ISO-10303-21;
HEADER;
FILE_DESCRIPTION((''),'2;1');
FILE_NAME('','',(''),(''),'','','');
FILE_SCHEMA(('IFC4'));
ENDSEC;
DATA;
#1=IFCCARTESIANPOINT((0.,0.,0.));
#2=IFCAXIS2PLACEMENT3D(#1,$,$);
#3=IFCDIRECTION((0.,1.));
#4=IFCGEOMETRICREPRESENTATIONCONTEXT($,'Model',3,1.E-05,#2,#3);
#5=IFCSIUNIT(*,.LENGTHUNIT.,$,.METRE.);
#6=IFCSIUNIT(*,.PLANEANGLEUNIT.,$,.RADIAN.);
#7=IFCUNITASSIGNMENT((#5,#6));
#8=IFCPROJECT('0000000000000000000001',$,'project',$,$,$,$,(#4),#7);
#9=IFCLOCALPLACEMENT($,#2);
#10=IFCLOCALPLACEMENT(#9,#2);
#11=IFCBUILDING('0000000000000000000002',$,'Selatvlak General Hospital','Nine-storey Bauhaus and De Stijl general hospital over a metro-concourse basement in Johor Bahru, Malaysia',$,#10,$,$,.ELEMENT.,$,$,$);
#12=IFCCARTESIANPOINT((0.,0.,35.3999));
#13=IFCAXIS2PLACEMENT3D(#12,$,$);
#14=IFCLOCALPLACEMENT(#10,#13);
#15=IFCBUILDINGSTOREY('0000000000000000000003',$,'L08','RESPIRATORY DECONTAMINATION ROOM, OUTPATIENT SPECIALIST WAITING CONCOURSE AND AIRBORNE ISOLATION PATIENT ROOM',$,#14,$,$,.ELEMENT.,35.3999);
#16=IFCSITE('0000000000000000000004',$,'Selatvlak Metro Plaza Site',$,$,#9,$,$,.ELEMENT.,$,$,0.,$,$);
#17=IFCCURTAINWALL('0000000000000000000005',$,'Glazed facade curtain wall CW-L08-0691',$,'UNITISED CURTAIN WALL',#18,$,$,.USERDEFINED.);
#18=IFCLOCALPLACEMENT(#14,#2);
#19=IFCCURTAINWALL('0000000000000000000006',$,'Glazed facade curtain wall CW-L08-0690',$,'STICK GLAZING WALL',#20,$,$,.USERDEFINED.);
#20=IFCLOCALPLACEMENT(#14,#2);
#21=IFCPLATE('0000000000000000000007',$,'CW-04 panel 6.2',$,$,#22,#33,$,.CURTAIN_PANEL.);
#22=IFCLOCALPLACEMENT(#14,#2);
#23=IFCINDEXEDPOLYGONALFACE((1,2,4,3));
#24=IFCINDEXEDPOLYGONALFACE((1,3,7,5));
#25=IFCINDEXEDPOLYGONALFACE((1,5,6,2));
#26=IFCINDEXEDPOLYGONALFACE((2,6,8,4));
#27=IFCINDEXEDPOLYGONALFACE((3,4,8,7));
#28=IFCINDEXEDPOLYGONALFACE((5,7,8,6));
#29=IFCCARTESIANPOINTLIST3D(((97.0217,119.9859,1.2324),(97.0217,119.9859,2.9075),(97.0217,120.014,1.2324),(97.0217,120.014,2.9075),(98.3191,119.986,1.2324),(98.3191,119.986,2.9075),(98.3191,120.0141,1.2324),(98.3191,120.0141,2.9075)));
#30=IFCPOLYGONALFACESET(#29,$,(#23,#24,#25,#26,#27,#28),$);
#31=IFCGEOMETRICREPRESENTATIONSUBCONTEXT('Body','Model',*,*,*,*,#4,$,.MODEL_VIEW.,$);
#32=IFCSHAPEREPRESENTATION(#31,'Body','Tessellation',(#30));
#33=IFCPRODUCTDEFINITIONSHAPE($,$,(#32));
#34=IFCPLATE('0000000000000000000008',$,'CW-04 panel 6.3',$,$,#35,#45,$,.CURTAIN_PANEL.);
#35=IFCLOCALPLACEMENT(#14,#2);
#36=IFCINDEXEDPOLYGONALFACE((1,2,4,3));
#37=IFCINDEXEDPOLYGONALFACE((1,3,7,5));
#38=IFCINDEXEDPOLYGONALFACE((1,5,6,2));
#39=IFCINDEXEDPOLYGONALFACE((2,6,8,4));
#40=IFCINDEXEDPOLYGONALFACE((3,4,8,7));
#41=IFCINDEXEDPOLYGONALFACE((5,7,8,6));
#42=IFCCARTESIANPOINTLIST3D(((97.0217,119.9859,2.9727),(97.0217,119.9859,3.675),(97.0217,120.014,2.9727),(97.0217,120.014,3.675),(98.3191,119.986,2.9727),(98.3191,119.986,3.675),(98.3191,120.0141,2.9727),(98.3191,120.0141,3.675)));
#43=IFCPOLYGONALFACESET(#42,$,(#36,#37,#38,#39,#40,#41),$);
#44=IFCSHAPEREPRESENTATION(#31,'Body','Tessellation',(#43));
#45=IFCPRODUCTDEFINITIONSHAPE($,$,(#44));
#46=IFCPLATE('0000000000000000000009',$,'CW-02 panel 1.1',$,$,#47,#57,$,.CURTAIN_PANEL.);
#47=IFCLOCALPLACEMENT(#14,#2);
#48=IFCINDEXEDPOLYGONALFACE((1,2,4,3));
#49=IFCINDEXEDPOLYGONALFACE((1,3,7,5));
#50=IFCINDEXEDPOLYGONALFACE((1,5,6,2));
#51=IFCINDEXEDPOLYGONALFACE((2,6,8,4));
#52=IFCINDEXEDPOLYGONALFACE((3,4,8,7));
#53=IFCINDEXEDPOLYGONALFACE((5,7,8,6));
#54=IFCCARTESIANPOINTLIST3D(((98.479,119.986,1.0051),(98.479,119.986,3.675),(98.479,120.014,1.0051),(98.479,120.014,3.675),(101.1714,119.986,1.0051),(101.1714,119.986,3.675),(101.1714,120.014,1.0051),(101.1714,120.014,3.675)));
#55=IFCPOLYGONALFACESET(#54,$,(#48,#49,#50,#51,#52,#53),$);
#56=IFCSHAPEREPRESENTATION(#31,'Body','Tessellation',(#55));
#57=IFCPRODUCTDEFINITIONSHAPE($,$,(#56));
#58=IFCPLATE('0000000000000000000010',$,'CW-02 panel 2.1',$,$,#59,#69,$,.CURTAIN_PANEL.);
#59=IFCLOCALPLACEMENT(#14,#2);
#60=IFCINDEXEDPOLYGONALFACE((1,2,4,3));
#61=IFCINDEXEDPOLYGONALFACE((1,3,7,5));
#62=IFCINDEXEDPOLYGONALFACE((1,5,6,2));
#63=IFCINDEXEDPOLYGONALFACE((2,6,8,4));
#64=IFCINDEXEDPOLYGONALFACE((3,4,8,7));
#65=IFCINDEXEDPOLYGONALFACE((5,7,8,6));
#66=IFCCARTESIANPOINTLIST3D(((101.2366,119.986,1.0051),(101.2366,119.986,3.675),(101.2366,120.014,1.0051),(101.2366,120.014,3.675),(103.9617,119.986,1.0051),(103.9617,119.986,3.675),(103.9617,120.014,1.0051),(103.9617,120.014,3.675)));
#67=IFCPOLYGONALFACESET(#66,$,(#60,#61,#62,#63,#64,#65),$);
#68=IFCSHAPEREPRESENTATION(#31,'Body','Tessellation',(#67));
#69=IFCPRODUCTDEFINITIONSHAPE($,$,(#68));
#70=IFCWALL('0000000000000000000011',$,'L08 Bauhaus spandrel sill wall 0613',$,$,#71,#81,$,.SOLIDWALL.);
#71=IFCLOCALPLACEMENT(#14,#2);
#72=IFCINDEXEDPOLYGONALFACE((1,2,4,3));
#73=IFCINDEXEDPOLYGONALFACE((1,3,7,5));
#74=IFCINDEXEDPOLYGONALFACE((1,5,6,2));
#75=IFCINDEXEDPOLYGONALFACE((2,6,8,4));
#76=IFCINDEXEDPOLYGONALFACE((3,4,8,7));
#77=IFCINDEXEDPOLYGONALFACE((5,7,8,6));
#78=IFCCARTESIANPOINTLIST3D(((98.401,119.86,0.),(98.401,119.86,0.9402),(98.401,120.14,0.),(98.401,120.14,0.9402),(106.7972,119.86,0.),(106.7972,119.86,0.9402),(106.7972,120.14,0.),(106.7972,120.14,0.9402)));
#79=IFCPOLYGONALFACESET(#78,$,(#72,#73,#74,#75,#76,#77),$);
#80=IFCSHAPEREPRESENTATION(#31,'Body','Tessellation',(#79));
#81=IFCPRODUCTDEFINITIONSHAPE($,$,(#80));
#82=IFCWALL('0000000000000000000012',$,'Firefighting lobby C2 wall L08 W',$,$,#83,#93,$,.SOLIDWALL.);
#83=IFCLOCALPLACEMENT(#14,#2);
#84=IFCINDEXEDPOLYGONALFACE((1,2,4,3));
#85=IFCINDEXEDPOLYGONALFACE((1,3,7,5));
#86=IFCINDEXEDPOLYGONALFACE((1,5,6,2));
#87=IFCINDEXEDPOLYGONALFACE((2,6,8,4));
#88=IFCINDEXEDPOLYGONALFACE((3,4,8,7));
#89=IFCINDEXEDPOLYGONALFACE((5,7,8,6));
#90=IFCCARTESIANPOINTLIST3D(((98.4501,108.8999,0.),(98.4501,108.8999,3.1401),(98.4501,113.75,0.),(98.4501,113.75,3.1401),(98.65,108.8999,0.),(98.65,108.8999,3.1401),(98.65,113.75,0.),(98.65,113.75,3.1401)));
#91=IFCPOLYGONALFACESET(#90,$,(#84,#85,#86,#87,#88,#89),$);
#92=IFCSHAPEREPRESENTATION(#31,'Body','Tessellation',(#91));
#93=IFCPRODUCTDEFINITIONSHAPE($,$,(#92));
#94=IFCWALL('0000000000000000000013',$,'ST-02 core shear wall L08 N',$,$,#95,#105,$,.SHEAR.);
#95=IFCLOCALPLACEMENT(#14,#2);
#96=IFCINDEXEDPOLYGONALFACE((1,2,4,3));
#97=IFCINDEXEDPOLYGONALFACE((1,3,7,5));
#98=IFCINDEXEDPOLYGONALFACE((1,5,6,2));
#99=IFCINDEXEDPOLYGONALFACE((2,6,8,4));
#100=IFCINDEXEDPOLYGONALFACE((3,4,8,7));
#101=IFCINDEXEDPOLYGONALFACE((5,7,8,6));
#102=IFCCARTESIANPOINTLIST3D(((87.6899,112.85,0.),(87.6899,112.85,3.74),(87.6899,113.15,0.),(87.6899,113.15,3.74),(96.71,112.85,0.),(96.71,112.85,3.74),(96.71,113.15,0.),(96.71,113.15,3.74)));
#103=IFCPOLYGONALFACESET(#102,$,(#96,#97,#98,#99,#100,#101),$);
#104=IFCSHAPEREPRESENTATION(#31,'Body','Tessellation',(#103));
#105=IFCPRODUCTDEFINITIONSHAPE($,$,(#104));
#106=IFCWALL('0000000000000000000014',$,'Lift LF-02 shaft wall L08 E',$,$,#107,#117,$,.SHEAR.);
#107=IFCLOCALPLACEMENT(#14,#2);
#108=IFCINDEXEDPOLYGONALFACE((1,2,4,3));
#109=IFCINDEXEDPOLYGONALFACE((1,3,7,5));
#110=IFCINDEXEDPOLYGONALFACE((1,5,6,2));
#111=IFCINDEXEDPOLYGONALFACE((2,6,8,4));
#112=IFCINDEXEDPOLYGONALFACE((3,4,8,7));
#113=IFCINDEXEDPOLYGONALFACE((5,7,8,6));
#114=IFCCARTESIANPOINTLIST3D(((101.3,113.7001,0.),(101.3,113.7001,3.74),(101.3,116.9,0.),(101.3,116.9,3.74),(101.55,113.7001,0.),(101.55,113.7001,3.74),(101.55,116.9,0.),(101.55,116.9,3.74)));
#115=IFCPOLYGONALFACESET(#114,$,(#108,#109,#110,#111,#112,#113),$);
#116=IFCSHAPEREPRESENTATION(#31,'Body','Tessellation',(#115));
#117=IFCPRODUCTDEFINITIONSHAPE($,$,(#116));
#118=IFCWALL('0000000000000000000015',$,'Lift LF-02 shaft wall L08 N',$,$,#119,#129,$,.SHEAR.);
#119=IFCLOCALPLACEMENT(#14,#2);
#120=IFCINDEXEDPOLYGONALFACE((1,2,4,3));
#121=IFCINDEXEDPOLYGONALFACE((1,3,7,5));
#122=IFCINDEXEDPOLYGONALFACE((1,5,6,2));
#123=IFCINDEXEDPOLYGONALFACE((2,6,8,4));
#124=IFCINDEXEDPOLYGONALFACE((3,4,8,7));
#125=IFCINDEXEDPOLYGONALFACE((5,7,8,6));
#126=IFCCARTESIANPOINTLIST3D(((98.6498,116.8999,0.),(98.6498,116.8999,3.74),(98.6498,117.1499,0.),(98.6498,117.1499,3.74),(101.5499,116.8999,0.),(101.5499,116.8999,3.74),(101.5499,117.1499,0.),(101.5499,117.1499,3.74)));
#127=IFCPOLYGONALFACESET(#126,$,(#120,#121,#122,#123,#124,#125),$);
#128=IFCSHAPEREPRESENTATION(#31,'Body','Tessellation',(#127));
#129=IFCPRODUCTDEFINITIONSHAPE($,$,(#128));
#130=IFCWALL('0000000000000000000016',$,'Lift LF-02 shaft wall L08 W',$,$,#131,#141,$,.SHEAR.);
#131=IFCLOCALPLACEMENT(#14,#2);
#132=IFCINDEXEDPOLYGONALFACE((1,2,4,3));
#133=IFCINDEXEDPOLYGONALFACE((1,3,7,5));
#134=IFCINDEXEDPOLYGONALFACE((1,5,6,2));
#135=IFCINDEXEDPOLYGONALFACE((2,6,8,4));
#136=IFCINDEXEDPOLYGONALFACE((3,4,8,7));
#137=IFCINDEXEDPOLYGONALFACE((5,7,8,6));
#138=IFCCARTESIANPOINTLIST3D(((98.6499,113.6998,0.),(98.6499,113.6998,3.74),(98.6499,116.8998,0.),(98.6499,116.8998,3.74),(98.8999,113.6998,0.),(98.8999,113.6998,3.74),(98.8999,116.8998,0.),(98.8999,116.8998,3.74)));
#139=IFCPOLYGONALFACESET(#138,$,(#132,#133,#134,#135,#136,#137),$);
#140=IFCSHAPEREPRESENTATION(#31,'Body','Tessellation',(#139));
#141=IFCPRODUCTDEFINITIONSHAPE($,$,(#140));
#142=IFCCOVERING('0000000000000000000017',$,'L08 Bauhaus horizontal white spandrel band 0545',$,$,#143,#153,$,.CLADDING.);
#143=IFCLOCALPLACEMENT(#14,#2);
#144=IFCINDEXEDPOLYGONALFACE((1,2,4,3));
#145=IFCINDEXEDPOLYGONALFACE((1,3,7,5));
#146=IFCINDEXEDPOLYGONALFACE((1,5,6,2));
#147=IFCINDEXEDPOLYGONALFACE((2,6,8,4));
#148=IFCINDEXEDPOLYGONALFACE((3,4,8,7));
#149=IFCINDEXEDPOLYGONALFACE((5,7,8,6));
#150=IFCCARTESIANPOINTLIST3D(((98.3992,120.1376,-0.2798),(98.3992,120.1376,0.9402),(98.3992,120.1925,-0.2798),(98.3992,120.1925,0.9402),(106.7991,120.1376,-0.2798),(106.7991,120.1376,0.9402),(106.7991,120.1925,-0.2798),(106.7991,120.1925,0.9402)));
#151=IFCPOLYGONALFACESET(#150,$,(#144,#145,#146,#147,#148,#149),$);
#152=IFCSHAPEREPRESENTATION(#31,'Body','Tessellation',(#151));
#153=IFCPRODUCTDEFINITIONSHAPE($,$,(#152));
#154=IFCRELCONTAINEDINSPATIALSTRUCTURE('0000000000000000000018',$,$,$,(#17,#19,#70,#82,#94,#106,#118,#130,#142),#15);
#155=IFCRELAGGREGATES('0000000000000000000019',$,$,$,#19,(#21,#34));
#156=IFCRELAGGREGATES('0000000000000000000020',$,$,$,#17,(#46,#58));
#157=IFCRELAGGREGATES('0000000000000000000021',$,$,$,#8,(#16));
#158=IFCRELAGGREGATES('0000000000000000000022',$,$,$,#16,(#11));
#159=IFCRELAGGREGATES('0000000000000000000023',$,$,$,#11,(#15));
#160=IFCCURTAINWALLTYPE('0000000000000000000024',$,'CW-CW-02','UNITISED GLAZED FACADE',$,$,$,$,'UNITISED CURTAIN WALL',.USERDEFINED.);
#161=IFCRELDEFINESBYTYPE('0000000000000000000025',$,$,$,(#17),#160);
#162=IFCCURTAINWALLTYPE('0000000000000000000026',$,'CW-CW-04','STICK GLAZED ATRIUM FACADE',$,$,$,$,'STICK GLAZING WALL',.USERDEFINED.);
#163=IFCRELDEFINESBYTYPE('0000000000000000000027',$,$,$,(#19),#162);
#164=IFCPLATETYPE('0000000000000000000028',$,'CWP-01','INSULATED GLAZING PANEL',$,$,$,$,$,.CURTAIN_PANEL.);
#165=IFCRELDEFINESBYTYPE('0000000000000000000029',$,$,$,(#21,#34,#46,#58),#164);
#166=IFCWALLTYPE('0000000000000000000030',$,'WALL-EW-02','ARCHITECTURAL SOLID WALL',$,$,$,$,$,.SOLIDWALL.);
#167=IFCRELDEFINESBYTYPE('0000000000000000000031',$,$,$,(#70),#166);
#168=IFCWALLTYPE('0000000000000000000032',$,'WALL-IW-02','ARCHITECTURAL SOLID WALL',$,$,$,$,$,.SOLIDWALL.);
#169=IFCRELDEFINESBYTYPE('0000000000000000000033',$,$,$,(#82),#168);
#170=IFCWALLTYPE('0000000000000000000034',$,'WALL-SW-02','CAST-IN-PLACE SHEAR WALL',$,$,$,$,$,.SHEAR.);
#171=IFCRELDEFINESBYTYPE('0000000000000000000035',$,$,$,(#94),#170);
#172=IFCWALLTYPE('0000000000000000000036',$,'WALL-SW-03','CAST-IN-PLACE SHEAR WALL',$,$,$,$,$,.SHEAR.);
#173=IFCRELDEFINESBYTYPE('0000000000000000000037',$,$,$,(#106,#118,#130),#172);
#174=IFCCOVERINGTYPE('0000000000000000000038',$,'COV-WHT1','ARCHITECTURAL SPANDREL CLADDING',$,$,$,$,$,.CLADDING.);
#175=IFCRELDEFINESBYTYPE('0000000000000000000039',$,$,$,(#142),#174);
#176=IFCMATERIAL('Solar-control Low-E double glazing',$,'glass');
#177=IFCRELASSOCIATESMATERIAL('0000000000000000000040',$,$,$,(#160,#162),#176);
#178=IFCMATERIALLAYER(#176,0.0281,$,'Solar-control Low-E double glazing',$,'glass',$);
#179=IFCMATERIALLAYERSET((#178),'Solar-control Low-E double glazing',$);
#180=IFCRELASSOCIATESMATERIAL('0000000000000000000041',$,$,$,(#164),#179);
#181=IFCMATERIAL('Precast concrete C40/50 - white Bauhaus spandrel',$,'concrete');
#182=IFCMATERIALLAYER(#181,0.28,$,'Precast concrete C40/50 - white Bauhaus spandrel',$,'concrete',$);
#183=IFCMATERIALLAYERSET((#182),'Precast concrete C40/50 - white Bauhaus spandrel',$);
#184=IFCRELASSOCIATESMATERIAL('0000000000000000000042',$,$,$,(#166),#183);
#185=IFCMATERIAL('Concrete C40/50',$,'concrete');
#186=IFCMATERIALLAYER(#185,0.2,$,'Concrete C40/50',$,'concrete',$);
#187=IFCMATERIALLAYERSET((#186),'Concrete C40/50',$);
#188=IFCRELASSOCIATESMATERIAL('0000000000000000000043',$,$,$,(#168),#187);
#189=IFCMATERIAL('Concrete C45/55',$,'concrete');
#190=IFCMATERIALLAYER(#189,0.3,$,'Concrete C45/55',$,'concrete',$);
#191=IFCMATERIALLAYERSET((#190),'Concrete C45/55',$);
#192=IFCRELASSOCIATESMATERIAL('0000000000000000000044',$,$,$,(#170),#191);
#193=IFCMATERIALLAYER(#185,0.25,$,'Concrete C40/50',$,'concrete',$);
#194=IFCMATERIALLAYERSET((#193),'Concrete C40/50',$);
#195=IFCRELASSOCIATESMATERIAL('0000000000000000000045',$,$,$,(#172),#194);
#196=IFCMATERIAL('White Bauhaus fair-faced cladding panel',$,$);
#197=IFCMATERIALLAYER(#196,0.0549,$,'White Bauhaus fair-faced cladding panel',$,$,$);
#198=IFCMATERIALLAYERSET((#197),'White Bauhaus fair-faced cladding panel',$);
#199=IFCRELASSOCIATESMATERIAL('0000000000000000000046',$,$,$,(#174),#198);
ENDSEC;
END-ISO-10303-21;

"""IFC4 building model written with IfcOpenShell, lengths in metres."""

from ifc_helpers import new_model, si_unit, direction, frame, frame_2d, origin, origin_2d, place, context, subcontext, project, spatial, rectangle, extrude, material, layer, layer_set, type_object, element, aggregate, save


model = new_model("IFC4")

# Units and contexts
model_context = context("Model", 3, precision=1e-05, world=origin(), true_north=direction((0.0, 1.0)))
body_context = subcontext(model_context, "Body", "Model", "MODEL_VIEW")
ifc_project = project(units=[si_unit("LENGTHUNIT", "METRE"), si_unit("PLANEANGLEUNIT", "RADIAN")], contexts=[model_context])

# Site, building, storey
site_placement = place(None, origin())
site = spatial("IfcSite", under=ifc_project, at=site_placement, Name="Selatvlak Metro Plaza Site", CompositionType="ELEMENT", RefElevation=0.0)
building_placement = place(site_placement, origin())
building = spatial("IfcBuilding", under=site, at=building_placement, Name="Selatvlak General Hospital", Description="Nine-storey Bauhaus and De Stijl general hospital over a metro-concourse basement in Johor Bahru, Malaysia", CompositionType="ELEMENT")
storey_placement = place(building_placement, frame((0.0, 0.0, 35.3999)))
storey = spatial("IfcBuildingStorey", under=building, at=storey_placement, Name="L08", Description="RESPIRATORY DECONTAMINATION ROOM, OUTPATIENT SPECIALIST WAITING CONCOURSE AND AIRBORNE ISOLATION PATIENT ROOM", CompositionType="ELEMENT", Elevation=35.3999)

# Shared definitions
ifc_material_1 = material(Name="Concrete C40/50", Category="concrete")

# Curtain walls
ifc_material_2 = material(Name="Solar-control Low-E double glazing", Category="glass")
curtain_wall_type_1 = type_object("IfcCurtainWallType", Name="CW-CW-02", Description="UNITISED GLAZED FACADE", ElementType="UNITISED CURTAIN WALL", PredefinedType="USERDEFINED", material=ifc_material_2)
curtain_wall_1_placement = place(storey_placement, origin())
curtain_wall_1 = element("IfcCurtainWall", 1, at=curtain_wall_1_placement, inside=storey, type_object=curtain_wall_type_1, Name="Glazed facade curtain wall CW-L08-0691", ObjectType="UNITISED CURTAIN WALL", PredefinedType="USERDEFINED")
curtain_wall_type_2 = type_object("IfcCurtainWallType", Name="CW-CW-04", Description="STICK GLAZED ATRIUM FACADE", ElementType="STICK GLAZING WALL", PredefinedType="USERDEFINED", material=ifc_material_2)
curtain_wall_2_placement = place(storey_placement, origin())
curtain_wall_2 = element("IfcCurtainWall", 2, at=curtain_wall_2_placement, inside=storey, type_object=curtain_wall_type_2, Name="Glazed facade curtain wall CW-L08-0690", ObjectType="STICK GLAZING WALL", PredefinedType="USERDEFINED")

# Plates
ifc_layer_1 = layer(ifc_material_2, 0.0281, Name="Solar-control Low-E double glazing", Category="glass")
ifc_layer_set_1 = layer_set([ifc_layer_1], Name="Solar-control Low-E double glazing")
plate_type = type_object("IfcPlateType", Name="CWP-01", Description="INSULATED GLAZING PANEL", PredefinedType="CURTAIN_PANEL", material=ifc_layer_set_1)
plate_1_placement = place(storey_placement, frame((97.6704, 120.0, 1.2324), z_axis=(0.0, 0.0, 1.0), x_axis=(1.0, 0.000119, 0.0)))
plate_1 = element("IfcPlate", 3, at=plate_1_placement, type_object=plate_type, Name="CW-04 panel 6.2", PredefinedType="CURTAIN_PANEL", context=body_context, shape_type="SweptSolid", body=[
    extrude(rectangle(XDim=1.2974, YDim=0.0281, at=origin_2d()), origin(), (0.0, 0.0, 1.0), 1.675),
])
plate_2_placement = place(storey_placement, frame((97.6704, 120.0, 2.9727), z_axis=(0.0, 0.0, 1.0), x_axis=(1.0, 0.000119, 0.0)))
plate_2 = element("IfcPlate", 4, at=plate_2_placement, type_object=plate_type, Name="CW-04 panel 6.3", PredefinedType="CURTAIN_PANEL", context=body_context, shape_type="SweptSolid", body=[
    extrude(rectangle(XDim=1.2974, YDim=0.0281, at=origin_2d()), origin(), (0.0, 0.0, 1.0), 0.7024),
])
aggregate(curtain_wall_2, [plate_1, plate_2])
plate_3_placement = place(storey_placement, frame((99.8252, 120.0, 1.0051), z_axis=(0.0, 0.0, 1.0), x_axis=(1.0, 0.0, 0.0)))
plate_3 = element("IfcPlate", 5, at=plate_3_placement, type_object=plate_type, Name="CW-02 panel 1.1", PredefinedType="CURTAIN_PANEL", context=body_context, shape_type="SweptSolid", body=[
    extrude(rectangle(XDim=2.6924, YDim=0.0281, at=origin_2d()), origin(), (0.0, 0.0, 1.0), 2.6699),
])
plate_4_placement = place(storey_placement, frame((102.5991, 120.0, 1.0051), z_axis=(0.0, 0.0, 1.0), x_axis=(1.0, 0.0, 0.0)))
plate_4 = element("IfcPlate", 6, at=plate_4_placement, type_object=plate_type, Name="CW-02 panel 2.1", PredefinedType="CURTAIN_PANEL", context=body_context, shape_type="SweptSolid", body=[
    extrude(rectangle(XDim=2.7251, YDim=0.0281, at=origin_2d()), origin(), (0.0, 0.0, 1.0), 2.6699),
])
aggregate(curtain_wall_1, [plate_3, plate_4])

# Walls
ifc_material_3 = material(Name="Precast concrete C40/50 - white Bauhaus spandrel", Category="concrete")
ifc_layer_2 = layer(ifc_material_3, 0.28, Name="Precast concrete C40/50 - white Bauhaus spandrel", Category="concrete")
ifc_layer_set_2 = layer_set([ifc_layer_2], Name="Precast concrete C40/50 - white Bauhaus spandrel")
wall_type_1 = type_object("IfcWallType", Name="WALL-EW-02", Description="ARCHITECTURAL SOLID WALL", PredefinedType="SOLIDWALL", material=ifc_layer_set_2)
wall_1_placement = place(storey_placement, frame((98.4009, 120.0, 0.0), z_axis=(0.0, 0.0, 1.0), x_axis=(1.0, 0.0, 0.0)))
element("IfcWall", 7, at=wall_1_placement, inside=storey, type_object=wall_type_1, Name="L08 Bauhaus spandrel sill wall 0613", PredefinedType="SOLIDWALL", context=body_context, shape_type="SweptSolid", body=[
    extrude(rectangle(XDim=8.3962, YDim=0.28, at=frame_2d((4.1982, 0.0))), origin(), (0.0, 0.0, 1.0), 0.9402),
])
ifc_layer_3 = layer(ifc_material_1, 0.2, Name="Concrete C40/50", Category="concrete")
ifc_layer_set_3 = layer_set([ifc_layer_3], Name="Concrete C40/50")
wall_type_2 = type_object("IfcWallType", Name="WALL-IW-02", Description="ARCHITECTURAL SOLID WALL", PredefinedType="SOLIDWALL", material=ifc_layer_set_3)
wall_2_placement = place(storey_placement, frame((98.55, 113.75, 0.0), z_axis=(0.0, 0.0, 1.0), x_axis=(0.0, -1.0, 0.0)))
element("IfcWall", 8, at=wall_2_placement, inside=storey, type_object=wall_type_2, Name="Firefighting lobby C2 wall L08 W", PredefinedType="SOLIDWALL", context=body_context, shape_type="SweptSolid", body=[
    extrude(rectangle(XDim=4.8501, YDim=0.2, at=frame_2d((2.425, 0.0))), origin(), (0.0, 0.0, 1.0), 3.1401),
])
ifc_material_4 = material(Name="Concrete C45/55", Category="concrete")
ifc_layer_4 = layer(ifc_material_4, 0.3, Name="Concrete C45/55", Category="concrete")
ifc_layer_set_4 = layer_set([ifc_layer_4], Name="Concrete C45/55")
wall_type_3 = type_object("IfcWallType", Name="WALL-SW-02", Description="CAST-IN-PLACE SHEAR WALL", PredefinedType="SHEAR", material=ifc_layer_set_4)
wall_3_placement = place(storey_placement, frame((96.71, 113.0, 0.0), z_axis=(0.0, 0.0, 1.0), x_axis=(-1.0, 0.0, 0.0)))
element("IfcWall", 9, at=wall_3_placement, inside=storey, type_object=wall_type_3, Name="ST-02 core shear wall L08 N", PredefinedType="SHEAR", context=body_context, shape_type="SweptSolid", body=[
    extrude(rectangle(XDim=9.02, YDim=0.3, at=frame_2d((4.51, 0.0))), origin(), (0.0, 0.0, 1.0), 3.74),
])

# Shared definitions
ifc_layer_5 = layer(ifc_material_1, 0.25, Name="Concrete C40/50", Category="concrete")
ifc_layer_set_5 = layer_set([ifc_layer_5], Name="Concrete C40/50")
wall_type_4 = type_object("IfcWallType", Name="WALL-SW-03", Description="CAST-IN-PLACE SHEAR WALL", PredefinedType="SHEAR", material=ifc_layer_set_5)

# Walls
wall_4_placement = place(storey_placement, frame((101.425, 113.7, 0.0), z_axis=(0.0, 0.0, 1.0), x_axis=(0.0, 1.0, 0.0)))
element("IfcWall", 10, at=wall_4_placement, inside=storey, type_object=wall_type_4, Name="Lift LF-02 shaft wall L08 E", PredefinedType="SHEAR", context=body_context, shape_type="SweptSolid", body=[
    extrude(rectangle(XDim=3.2, YDim=0.25, at=frame_2d((1.6001, 0.0))), origin(), (0.0, 0.0, 1.0), 3.74),
])
wall_5_placement = place(storey_placement, frame((101.55, 117.0249, 0.0), z_axis=(0.0, 0.0, 1.0), x_axis=(-1.0, 0.0, 0.0)))
element("IfcWall", 11, at=wall_5_placement, inside=storey, type_object=wall_type_4, Name="Lift LF-02 shaft wall L08 N", PredefinedType="SHEAR", context=body_context, shape_type="SweptSolid", body=[
    extrude(rectangle(XDim=2.9001, YDim=0.25, at=frame_2d((1.4502, 0.0))), origin(), (0.0, 0.0, 1.0), 3.74),
])
wall_6_placement = place(storey_placement, frame((98.7749, 116.8999, 0.0), z_axis=(0.0, 0.0, 1.0), x_axis=(0.0, -1.0, 0.0)))
element("IfcWall", 12, at=wall_6_placement, inside=storey, type_object=wall_type_4, Name="Lift LF-02 shaft wall L08 W", PredefinedType="SHEAR", context=body_context, shape_type="SweptSolid", body=[
    extrude(rectangle(XDim=3.2, YDim=0.25, at=frame_2d((1.6001, 0.0))), origin(), (0.0, 0.0, 1.0), 3.74),
])

# Covering
ifc_material_5 = material(Name="White Bauhaus fair-faced cladding panel")
ifc_layer_6 = layer(ifc_material_5, 0.0549, Name="White Bauhaus fair-faced cladding panel")
ifc_layer_set_6 = layer_set([ifc_layer_6], Name="White Bauhaus fair-faced cladding panel")
covering_type = type_object("IfcCoveringType", Name="COV-WHT1", Description="ARCHITECTURAL SPANDREL CLADDING", PredefinedType="CLADDING", material=ifc_layer_set_6)
covering_placement = place(storey_placement, frame((102.5991, 120.165, -0.2798), z_axis=(0.0, 0.0, 1.0), x_axis=(1.0, 0.0, 0.0)))
element("IfcCovering", 13, at=covering_placement, inside=storey, type_object=covering_type, Name="L08 Bauhaus horizontal white spandrel band 0545", PredefinedType="CLADDING", context=body_context, shape_type="SweptSolid", body=[
    extrude(rectangle(XDim=8.3999, YDim=0.0549, at=origin_2d()), origin(), (0.0, 0.0, 1.0), 1.22),
])

save(model, "model.ifc")
